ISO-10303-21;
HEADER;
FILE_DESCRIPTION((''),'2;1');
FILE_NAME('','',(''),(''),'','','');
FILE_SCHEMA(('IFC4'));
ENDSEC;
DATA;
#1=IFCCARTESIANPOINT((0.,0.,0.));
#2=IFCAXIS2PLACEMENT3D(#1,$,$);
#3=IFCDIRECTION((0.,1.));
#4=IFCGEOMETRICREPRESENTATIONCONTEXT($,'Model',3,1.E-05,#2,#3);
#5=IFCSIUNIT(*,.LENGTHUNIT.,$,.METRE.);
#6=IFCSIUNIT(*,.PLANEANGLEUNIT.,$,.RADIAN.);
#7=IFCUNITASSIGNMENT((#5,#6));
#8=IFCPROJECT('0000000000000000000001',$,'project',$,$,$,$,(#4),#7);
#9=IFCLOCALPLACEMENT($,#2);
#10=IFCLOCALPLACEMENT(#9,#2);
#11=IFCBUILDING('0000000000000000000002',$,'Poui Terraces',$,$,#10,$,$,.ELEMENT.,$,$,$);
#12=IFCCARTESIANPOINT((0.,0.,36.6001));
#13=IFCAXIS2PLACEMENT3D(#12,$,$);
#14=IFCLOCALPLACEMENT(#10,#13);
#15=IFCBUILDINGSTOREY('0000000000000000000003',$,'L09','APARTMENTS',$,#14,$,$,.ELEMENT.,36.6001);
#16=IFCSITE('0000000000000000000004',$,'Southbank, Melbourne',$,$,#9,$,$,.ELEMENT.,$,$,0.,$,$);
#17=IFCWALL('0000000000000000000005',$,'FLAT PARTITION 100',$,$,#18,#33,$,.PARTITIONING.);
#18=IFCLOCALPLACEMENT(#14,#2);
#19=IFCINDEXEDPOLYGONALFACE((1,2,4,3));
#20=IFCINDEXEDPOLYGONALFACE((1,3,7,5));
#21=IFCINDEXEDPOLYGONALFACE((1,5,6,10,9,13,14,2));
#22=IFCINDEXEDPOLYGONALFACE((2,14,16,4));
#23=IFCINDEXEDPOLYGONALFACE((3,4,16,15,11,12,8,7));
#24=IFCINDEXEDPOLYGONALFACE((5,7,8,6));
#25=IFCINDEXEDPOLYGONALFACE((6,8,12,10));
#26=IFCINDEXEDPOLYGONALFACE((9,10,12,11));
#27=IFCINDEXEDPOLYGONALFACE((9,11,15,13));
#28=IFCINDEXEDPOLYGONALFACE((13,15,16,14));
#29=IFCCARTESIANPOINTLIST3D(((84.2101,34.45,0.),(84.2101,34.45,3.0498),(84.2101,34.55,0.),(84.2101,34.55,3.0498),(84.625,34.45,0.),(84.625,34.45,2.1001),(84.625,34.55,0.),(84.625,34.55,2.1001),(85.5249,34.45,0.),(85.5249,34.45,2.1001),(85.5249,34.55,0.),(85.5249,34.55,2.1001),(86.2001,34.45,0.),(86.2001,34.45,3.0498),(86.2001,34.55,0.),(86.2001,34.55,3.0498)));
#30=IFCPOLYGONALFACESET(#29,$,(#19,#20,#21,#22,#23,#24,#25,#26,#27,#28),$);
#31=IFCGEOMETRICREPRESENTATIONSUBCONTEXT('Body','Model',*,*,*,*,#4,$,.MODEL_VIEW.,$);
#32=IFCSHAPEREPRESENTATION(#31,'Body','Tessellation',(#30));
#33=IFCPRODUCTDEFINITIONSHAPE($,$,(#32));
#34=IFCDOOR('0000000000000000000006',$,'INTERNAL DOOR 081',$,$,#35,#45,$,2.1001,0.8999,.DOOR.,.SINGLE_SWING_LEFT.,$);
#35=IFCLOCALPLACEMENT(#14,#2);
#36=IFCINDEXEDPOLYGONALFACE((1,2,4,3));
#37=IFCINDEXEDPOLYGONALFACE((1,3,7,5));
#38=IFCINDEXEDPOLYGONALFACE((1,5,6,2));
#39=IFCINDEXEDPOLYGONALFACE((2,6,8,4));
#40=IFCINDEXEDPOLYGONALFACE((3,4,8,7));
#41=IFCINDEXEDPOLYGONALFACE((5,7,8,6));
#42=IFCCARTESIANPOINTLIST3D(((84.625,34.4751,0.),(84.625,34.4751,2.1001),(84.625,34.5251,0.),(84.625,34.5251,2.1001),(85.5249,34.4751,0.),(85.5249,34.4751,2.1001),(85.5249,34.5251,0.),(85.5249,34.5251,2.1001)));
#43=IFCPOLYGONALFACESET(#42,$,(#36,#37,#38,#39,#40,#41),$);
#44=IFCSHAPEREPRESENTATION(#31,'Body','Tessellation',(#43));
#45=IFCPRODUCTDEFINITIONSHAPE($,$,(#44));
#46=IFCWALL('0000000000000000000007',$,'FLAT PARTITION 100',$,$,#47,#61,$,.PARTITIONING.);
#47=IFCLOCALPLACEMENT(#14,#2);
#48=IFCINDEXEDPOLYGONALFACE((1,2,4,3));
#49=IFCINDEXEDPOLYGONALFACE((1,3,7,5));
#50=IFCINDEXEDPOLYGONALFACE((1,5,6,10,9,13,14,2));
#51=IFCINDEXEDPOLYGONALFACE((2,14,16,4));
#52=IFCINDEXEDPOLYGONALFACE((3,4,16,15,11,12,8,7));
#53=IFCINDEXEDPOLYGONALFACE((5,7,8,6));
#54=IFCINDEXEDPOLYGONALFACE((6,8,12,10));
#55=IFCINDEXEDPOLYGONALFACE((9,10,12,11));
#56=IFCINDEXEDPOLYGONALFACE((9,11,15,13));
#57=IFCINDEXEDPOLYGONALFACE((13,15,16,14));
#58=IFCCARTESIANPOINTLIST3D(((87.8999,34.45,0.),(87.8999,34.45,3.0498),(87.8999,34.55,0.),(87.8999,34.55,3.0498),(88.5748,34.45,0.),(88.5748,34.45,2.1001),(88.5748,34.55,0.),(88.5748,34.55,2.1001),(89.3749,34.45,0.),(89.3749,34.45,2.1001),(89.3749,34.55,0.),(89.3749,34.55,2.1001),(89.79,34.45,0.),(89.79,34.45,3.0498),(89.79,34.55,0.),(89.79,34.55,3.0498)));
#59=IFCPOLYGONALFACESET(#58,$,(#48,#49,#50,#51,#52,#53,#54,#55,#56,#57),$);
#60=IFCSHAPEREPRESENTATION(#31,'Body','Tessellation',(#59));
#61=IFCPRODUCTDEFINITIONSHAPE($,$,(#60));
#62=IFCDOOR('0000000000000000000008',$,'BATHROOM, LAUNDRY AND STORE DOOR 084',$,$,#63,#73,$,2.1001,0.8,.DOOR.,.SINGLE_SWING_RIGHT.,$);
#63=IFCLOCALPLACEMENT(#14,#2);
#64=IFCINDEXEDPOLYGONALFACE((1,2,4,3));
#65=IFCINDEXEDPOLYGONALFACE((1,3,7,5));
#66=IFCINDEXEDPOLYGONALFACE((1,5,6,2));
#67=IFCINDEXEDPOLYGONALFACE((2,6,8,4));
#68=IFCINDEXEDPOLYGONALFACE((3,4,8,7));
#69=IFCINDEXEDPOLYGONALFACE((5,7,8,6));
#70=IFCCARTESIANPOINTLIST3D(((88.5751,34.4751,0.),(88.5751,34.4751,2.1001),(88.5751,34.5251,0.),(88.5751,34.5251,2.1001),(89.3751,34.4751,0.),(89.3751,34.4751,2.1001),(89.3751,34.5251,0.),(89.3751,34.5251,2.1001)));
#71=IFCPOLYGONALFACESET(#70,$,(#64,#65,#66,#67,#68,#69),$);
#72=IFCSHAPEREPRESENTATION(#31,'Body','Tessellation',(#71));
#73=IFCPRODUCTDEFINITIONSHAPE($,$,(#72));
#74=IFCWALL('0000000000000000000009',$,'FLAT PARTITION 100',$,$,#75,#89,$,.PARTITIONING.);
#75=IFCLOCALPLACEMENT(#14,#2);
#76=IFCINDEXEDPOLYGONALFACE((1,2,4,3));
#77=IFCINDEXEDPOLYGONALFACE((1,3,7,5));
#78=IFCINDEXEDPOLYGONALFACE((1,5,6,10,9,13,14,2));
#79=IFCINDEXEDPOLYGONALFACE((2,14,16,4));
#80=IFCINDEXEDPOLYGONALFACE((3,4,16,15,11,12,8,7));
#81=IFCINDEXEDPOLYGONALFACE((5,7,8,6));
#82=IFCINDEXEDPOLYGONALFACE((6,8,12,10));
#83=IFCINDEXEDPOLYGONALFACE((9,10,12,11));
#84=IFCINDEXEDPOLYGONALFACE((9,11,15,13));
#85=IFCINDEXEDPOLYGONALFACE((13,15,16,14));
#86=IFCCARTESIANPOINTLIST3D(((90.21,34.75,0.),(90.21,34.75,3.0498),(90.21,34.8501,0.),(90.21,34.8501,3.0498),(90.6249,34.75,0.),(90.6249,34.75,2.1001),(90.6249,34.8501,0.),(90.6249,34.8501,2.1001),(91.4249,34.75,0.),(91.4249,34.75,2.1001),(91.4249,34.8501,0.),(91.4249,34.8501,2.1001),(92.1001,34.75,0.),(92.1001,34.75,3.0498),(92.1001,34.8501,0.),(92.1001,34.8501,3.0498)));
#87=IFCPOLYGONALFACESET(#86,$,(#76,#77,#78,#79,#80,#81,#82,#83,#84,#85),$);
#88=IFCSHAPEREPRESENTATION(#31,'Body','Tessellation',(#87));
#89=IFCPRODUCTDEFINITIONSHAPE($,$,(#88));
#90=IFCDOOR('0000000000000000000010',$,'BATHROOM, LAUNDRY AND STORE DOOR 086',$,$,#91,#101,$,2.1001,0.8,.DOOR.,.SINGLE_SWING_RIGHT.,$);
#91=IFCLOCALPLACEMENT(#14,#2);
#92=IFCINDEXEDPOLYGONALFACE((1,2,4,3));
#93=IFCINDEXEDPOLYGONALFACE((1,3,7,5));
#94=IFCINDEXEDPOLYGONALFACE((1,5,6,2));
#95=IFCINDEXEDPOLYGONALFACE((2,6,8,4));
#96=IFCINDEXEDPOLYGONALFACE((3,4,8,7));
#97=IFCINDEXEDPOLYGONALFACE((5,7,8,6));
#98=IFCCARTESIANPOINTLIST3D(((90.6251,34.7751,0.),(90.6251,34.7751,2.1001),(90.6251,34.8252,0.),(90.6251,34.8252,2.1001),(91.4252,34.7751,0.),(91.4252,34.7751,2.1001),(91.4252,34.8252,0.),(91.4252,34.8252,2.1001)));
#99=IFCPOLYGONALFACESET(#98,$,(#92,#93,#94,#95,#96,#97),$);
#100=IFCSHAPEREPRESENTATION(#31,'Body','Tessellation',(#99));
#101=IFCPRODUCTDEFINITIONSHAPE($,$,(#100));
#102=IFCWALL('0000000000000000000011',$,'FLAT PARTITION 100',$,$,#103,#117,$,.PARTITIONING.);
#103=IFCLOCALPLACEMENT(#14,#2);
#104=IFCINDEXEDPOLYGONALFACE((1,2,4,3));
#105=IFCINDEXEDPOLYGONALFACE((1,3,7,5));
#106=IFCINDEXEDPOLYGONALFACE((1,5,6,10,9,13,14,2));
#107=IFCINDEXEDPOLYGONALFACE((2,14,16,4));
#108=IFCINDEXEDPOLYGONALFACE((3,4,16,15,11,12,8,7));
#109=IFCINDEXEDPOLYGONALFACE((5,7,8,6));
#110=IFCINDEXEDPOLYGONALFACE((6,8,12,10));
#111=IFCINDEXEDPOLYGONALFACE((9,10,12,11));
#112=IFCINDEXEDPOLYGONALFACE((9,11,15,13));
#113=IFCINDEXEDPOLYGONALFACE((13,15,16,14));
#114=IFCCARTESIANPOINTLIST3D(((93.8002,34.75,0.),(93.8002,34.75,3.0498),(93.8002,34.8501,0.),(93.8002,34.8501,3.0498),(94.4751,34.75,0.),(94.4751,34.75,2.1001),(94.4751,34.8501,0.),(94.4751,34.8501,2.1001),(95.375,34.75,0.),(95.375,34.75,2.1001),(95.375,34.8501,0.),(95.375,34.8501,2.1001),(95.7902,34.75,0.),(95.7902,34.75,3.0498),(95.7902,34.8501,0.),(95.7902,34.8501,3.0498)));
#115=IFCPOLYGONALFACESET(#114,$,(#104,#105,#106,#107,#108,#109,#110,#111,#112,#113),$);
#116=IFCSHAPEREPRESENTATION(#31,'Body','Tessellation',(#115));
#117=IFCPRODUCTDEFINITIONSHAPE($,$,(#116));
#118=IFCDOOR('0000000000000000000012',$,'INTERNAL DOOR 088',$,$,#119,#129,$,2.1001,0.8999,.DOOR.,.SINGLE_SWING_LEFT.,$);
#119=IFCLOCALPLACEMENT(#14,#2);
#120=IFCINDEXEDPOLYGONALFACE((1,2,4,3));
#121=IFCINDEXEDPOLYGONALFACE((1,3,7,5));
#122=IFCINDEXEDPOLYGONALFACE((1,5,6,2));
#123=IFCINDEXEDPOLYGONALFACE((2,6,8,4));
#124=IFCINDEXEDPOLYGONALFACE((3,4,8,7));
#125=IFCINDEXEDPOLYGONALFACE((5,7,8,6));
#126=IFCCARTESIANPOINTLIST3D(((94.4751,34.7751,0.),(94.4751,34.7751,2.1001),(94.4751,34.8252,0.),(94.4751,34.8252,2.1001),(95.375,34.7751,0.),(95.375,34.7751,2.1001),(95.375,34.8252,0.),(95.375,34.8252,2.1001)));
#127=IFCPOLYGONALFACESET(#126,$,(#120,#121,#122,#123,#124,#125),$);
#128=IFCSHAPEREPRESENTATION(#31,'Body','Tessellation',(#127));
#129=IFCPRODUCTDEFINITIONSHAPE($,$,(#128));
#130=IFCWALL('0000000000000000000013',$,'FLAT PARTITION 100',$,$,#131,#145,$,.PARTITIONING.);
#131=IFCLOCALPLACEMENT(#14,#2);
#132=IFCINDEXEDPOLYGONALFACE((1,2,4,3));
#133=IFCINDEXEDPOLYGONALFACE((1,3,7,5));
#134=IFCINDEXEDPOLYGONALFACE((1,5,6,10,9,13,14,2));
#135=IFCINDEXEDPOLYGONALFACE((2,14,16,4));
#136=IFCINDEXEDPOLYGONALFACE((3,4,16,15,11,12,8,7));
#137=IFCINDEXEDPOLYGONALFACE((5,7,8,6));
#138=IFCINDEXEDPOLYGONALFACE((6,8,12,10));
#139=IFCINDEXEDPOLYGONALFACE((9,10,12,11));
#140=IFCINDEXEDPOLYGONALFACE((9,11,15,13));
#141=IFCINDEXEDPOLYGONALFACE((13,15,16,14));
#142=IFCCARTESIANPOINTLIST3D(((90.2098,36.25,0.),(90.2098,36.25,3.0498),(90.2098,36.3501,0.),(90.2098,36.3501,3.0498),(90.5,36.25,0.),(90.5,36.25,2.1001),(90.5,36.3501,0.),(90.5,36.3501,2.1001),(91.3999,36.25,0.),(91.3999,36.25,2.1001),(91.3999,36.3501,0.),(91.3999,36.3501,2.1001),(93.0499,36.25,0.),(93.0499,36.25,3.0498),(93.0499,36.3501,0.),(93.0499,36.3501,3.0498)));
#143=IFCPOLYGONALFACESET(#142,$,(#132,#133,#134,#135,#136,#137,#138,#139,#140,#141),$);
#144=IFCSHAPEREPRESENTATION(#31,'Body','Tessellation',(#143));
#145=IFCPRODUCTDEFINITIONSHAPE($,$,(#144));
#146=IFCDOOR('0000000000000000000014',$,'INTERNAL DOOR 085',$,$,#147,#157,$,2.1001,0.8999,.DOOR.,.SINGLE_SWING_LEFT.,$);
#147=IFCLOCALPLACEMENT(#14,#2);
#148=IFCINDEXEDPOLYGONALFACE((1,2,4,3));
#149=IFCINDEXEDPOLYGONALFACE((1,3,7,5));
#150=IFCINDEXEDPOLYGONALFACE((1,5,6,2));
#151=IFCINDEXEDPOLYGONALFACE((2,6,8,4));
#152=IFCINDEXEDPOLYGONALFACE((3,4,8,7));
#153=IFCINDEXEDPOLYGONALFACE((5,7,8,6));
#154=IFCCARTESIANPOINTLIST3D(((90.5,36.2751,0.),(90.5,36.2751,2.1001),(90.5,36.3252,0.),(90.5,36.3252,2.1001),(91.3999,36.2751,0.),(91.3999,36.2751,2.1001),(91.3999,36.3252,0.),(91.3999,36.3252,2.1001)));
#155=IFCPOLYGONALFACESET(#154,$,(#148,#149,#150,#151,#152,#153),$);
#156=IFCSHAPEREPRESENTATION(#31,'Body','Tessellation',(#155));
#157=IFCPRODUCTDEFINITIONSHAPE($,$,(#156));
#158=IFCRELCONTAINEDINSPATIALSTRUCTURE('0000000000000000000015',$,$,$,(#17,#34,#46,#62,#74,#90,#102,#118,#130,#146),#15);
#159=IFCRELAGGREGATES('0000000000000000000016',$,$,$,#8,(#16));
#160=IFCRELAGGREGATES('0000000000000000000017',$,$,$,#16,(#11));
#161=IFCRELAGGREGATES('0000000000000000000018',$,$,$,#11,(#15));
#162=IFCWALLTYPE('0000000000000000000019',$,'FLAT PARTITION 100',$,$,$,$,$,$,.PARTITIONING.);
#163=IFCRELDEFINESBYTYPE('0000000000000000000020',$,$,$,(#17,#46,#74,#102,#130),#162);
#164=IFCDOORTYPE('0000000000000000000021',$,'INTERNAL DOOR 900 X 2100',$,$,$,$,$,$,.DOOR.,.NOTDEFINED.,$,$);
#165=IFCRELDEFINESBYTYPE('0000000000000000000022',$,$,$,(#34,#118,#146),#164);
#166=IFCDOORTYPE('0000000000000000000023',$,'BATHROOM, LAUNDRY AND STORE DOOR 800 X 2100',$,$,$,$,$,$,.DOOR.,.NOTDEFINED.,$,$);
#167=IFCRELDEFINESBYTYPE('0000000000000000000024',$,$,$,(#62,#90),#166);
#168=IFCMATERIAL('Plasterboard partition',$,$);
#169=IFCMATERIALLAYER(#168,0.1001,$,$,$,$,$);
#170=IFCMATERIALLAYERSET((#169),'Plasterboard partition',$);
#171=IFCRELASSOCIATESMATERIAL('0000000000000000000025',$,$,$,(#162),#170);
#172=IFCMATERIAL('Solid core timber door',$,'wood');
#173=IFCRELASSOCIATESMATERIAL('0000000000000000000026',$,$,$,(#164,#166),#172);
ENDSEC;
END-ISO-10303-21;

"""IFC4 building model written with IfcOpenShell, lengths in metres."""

from ifc_helpers import new_model, si_unit, direction, frame, frame_2d, origin, place, context, subcontext, project, spatial, rectangle, extrude, material, layer, layer_set, type_object, element, fill, save


model = new_model("IFC4")

# Units and contexts
model_context = context("Model", 3, precision=1e-05, world=origin(), true_north=direction((0.0, 1.0)))
body_context = subcontext(model_context, "Body", "Model", "MODEL_VIEW")
ifc_project = project(units=[si_unit("LENGTHUNIT", "METRE"), si_unit("PLANEANGLEUNIT", "RADIAN")], contexts=[model_context])

# Site, building, storey
site_placement = place(None, origin())
site = spatial("IfcSite", under=ifc_project, at=site_placement, Name="Southbank, Melbourne", CompositionType="ELEMENT", RefElevation=0.0)
building_placement = place(site_placement, origin())
building = spatial("IfcBuilding", under=site, at=building_placement, Name="Poui Terraces", CompositionType="ELEMENT")
storey_placement = place(building_placement, frame((0.0, 0.0, 36.6001)))
storey = spatial("IfcBuildingStorey", under=building, at=storey_placement, Name="L09", Description="APARTMENTS", CompositionType="ELEMENT", Elevation=36.6001)

# Walls, openings, doors
ifc_material_1 = material(Name="Plasterboard partition")
ifc_layer_1 = layer(ifc_material_1, 0.1001)
ifc_layer_set_1 = layer_set([ifc_layer_1], Name="Plasterboard partition")
wall_type_1 = type_object("IfcWallType", Name="FLAT PARTITION 100", PredefinedType="PARTITIONING", material=ifc_layer_set_1)
wall_1_placement = place(storey_placement, frame((84.21, 34.5, 0.0), z_axis=(0.0, 0.0, 1.0), x_axis=(1.0, 0.0, 0.0)))
wall_1 = element("IfcWall", 1, at=wall_1_placement, inside=storey, type_object=wall_type_1, Name="FLAT PARTITION 100", PredefinedType="PARTITIONING", context=body_context, shape_type="SweptSolid", body=[
    extrude(rectangle(XDim=1.99, YDim=0.1001, at=frame_2d((0.9951, 0.0))), origin(), (0.0, 0.0, 1.0), 3.0498),
])
opening_1_placement = place(wall_1_placement, frame((0.415, 0.0, 0.0)))
opening_1 = element("IfcOpeningElement", 2, at=opening_1_placement, cuts=wall_1, PredefinedType="OPENING", context=body_context, shape_type="SweptSolid", body=[
    extrude(rectangle(XDim=0.8999, YDim=2.1001, at=frame_2d((0.45, 1.05))), frame((0.0, 0.0601, 0.0), z_axis=(0.0, -1.0, 0.0), x_axis=(1.0, 0.0, 0.0)), (0.0, 0.0, 1.0), 0.1201),
])
ifc_material_2 = material(Name="Solid core timber door", Category="wood")
door_type_1 = type_object("IfcDoorType", Name="INTERNAL DOOR 900 X 2100", OperationType="NOTDEFINED", PredefinedType="DOOR", material=ifc_material_2)
door_1_placement = place(opening_1_placement, frame((0.8999, 0.0, 0.0), z_axis=(0.0, 0.0, 1.0), x_axis=(-1.0, 0.0, 0.0)))
door_1 = element("IfcDoor", 3, at=door_1_placement, inside=storey, type_object=door_type_1, Name="INTERNAL DOOR 081", OperationType="SINGLE_SWING_LEFT", OverallHeight=2.1001, OverallWidth=0.8999, PredefinedType="DOOR", context=body_context, shape_type="SweptSolid", body=[
    extrude(rectangle(XDim=0.8999, YDim=2.1001, at=frame_2d((0.45, 1.05))), frame((0.0, 0.0249, 0.0), z_axis=(0.0, -1.0, 0.0), x_axis=(1.0, 0.0, 0.0)), (0.0, 0.0, 1.0), 0.05),
])
fill(opening_1, door_1)
wall_2_placement = place(storey_placement, frame((87.8999, 34.5, 0.0), z_axis=(0.0, 0.0, 1.0), x_axis=(1.0, 0.0, 0.0)))
wall_2 = element("IfcWall", 4, at=wall_2_placement, inside=storey, type_object=wall_type_1, Name="FLAT PARTITION 100", PredefinedType="PARTITIONING", context=body_context, shape_type="SweptSolid", body=[
    extrude(rectangle(XDim=1.8901, YDim=0.1001, at=frame_2d((0.9451, 0.0))), origin(), (0.0, 0.0, 1.0), 3.0498),
])
opening_2_placement = place(wall_2_placement, frame((0.675, 0.0, 0.0)))
opening_2 = element("IfcOpeningElement", 5, at=opening_2_placement, cuts=wall_2, PredefinedType="OPENING", context=body_context, shape_type="SweptSolid", body=[
    extrude(rectangle(XDim=0.8, YDim=2.1001, at=frame_2d((0.3999, 1.05))), frame((0.0, 0.0601, 0.0), z_axis=(0.0, -1.0, 0.0), x_axis=(1.0, 0.0, 0.0)), (0.0, 0.0, 1.0), 0.1201),
])
door_type_2 = type_object("IfcDoorType", Name="BATHROOM, LAUNDRY AND STORE DOOR 800 X 2100", OperationType="NOTDEFINED", PredefinedType="DOOR", material=ifc_material_2)
door_2_placement = place(opening_2_placement, frame((0.8, 0.0, 0.0), z_axis=(0.0, 0.0, 1.0), x_axis=(-1.0, 0.0, 0.0)))
door_2 = element("IfcDoor", 6, at=door_2_placement, inside=storey, type_object=door_type_2, Name="BATHROOM, LAUNDRY AND STORE DOOR 084", OperationType="SINGLE_SWING_RIGHT", OverallHeight=2.1001, OverallWidth=0.8, PredefinedType="DOOR", context=body_context, shape_type="SweptSolid", body=[
    extrude(rectangle(XDim=0.8, YDim=2.1001, at=frame_2d((0.3999, 1.05))), frame((0.0, 0.0249, 0.0), z_axis=(0.0, -1.0, 0.0), x_axis=(1.0, 0.0, 0.0)), (0.0, 0.0, 1.0), 0.05),
])
fill(opening_2, door_2)
wall_3_placement = place(storey_placement, frame((90.21, 34.8, 0.0), z_axis=(0.0, 0.0, 1.0), x_axis=(1.0, 0.0, 0.0)))
wall_3 = element("IfcWall", 7, at=wall_3_placement, inside=storey, type_object=wall_type_1, Name="FLAT PARTITION 100", PredefinedType="PARTITIONING", context=body_context, shape_type="SweptSolid", body=[
    extrude(rectangle(XDim=1.8901, YDim=0.1001, at=frame_2d((0.9451, 0.0))), origin(), (0.0, 0.0, 1.0), 3.0498),
])
opening_3_placement = place(wall_3_placement, frame((0.415, 0.0, 0.0)))
opening_3 = element("IfcOpeningElement", 8, at=opening_3_placement, cuts=wall_3, PredefinedType="OPENING", context=body_context, shape_type="SweptSolid", body=[
    extrude(rectangle(XDim=0.8, YDim=2.1001, at=frame_2d((0.3999, 1.05))), frame((0.0, 0.0601, 0.0), z_axis=(0.0, -1.0, 0.0), x_axis=(1.0, 0.0, 0.0)), (0.0, 0.0, 1.0), 0.1201),
])
door_3_placement = place(opening_3_placement, frame((0.8, 0.0, 0.0), z_axis=(0.0, 0.0, 1.0), x_axis=(-1.0, 0.0, 0.0)))
door_3 = element("IfcDoor", 9, at=door_3_placement, inside=storey, type_object=door_type_2, Name="BATHROOM, LAUNDRY AND STORE DOOR 086", OperationType="SINGLE_SWING_RIGHT", OverallHeight=2.1001, OverallWidth=0.8, PredefinedType="DOOR", context=body_context, shape_type="SweptSolid", body=[
    extrude(rectangle(XDim=0.8, YDim=2.1001, at=frame_2d((0.3999, 1.05))), frame((0.0, 0.0249, 0.0), z_axis=(0.0, -1.0, 0.0), x_axis=(1.0, 0.0, 0.0)), (0.0, 0.0, 1.0), 0.05),
])
fill(opening_3, door_3)
wall_4_placement = place(storey_placement, frame((93.8, 34.8, 0.0), z_axis=(0.0, 0.0, 1.0), x_axis=(1.0, 0.0, 0.0)))
wall_4 = element("IfcWall", 10, at=wall_4_placement, inside=storey, type_object=wall_type_1, Name="FLAT PARTITION 100", PredefinedType="PARTITIONING", context=body_context, shape_type="SweptSolid", body=[
    extrude(rectangle(XDim=1.99, YDim=0.1001, at=frame_2d((0.9951, 0.0))), origin(), (0.0, 0.0, 1.0), 3.0498),
])
opening_4_placement = place(wall_4_placement, frame((0.675, 0.0, 0.0)))
opening_4 = element("IfcOpeningElement", 11, at=opening_4_placement, cuts=wall_4, PredefinedType="OPENING", context=body_context, shape_type="SweptSolid", body=[
    extrude(rectangle(XDim=0.8999, YDim=2.1001, at=frame_2d((0.45, 1.05))), frame((0.0, 0.0601, 0.0), z_axis=(0.0, -1.0, 0.0), x_axis=(1.0, 0.0, 0.0)), (0.0, 0.0, 1.0), 0.1201),
])
door_4_placement = place(opening_4_placement, frame((0.8999, 0.0, 0.0), z_axis=(0.0, 0.0, 1.0), x_axis=(-1.0, 0.0, 0.0)))
door_4 = element("IfcDoor", 12, at=door_4_placement, inside=storey, type_object=door_type_1, Name="INTERNAL DOOR 088", OperationType="SINGLE_SWING_LEFT", OverallHeight=2.1001, OverallWidth=0.8999, PredefinedType="DOOR", context=body_context, shape_type="SweptSolid", body=[
    extrude(rectangle(XDim=0.8999, YDim=2.1001, at=frame_2d((0.45, 1.05))), frame((0.0, 0.0249, 0.0), z_axis=(0.0, -1.0, 0.0), x_axis=(1.0, 0.0, 0.0)), (0.0, 0.0, 1.0), 0.05),
])
fill(opening_4, door_4)
wall_5_placement = place(storey_placement, frame((90.21, 36.3, 0.0), z_axis=(0.0, 0.0, 1.0), x_axis=(1.0, 0.0, 0.0)))
wall_5 = element("IfcWall", 13, at=wall_5_placement, inside=storey, type_object=wall_type_1, Name="FLAT PARTITION 100", PredefinedType="PARTITIONING", context=body_context, shape_type="SweptSolid", body=[
    extrude(rectangle(XDim=2.8401, YDim=0.1001, at=frame_2d((1.4199, 0.0))), origin(), (0.0, 0.0, 1.0), 3.0498),
])
opening_5_placement = place(wall_5_placement, frame((0.29, 0.0, 0.0)))
opening_5 = element("IfcOpeningElement", 14, at=opening_5_placement, cuts=wall_5, PredefinedType="OPENING", context=body_context, shape_type="SweptSolid", body=[
    extrude(rectangle(XDim=0.8999, YDim=2.1001, at=frame_2d((0.45, 1.05))), frame((0.0, 0.0601, 0.0), z_axis=(0.0, -1.0, 0.0), x_axis=(1.0, 0.0, 0.0)), (0.0, 0.0, 1.0), 0.1201),
])
door_5_placement = place(opening_5_placement, frame((0.8999, 0.0, 0.0), z_axis=(0.0, 0.0, 1.0), x_axis=(-1.0, 0.0, 0.0)))
door_5 = element("IfcDoor", 15, at=door_5_placement, inside=storey, type_object=door_type_1, Name="INTERNAL DOOR 085", OperationType="SINGLE_SWING_LEFT", OverallHeight=2.1001, OverallWidth=0.8999, PredefinedType="DOOR", context=body_context, shape_type="SweptSolid", body=[
    extrude(rectangle(XDim=0.8999, YDim=2.1001, at=frame_2d((0.45, 1.05))), frame((0.0, 0.0249, 0.0), z_axis=(0.0, -1.0, 0.0), x_axis=(1.0, 0.0, 0.0)), (0.0, 0.0, 1.0), 0.05),
])
fill(opening_5, door_5)

save(model, "model.ifc")
